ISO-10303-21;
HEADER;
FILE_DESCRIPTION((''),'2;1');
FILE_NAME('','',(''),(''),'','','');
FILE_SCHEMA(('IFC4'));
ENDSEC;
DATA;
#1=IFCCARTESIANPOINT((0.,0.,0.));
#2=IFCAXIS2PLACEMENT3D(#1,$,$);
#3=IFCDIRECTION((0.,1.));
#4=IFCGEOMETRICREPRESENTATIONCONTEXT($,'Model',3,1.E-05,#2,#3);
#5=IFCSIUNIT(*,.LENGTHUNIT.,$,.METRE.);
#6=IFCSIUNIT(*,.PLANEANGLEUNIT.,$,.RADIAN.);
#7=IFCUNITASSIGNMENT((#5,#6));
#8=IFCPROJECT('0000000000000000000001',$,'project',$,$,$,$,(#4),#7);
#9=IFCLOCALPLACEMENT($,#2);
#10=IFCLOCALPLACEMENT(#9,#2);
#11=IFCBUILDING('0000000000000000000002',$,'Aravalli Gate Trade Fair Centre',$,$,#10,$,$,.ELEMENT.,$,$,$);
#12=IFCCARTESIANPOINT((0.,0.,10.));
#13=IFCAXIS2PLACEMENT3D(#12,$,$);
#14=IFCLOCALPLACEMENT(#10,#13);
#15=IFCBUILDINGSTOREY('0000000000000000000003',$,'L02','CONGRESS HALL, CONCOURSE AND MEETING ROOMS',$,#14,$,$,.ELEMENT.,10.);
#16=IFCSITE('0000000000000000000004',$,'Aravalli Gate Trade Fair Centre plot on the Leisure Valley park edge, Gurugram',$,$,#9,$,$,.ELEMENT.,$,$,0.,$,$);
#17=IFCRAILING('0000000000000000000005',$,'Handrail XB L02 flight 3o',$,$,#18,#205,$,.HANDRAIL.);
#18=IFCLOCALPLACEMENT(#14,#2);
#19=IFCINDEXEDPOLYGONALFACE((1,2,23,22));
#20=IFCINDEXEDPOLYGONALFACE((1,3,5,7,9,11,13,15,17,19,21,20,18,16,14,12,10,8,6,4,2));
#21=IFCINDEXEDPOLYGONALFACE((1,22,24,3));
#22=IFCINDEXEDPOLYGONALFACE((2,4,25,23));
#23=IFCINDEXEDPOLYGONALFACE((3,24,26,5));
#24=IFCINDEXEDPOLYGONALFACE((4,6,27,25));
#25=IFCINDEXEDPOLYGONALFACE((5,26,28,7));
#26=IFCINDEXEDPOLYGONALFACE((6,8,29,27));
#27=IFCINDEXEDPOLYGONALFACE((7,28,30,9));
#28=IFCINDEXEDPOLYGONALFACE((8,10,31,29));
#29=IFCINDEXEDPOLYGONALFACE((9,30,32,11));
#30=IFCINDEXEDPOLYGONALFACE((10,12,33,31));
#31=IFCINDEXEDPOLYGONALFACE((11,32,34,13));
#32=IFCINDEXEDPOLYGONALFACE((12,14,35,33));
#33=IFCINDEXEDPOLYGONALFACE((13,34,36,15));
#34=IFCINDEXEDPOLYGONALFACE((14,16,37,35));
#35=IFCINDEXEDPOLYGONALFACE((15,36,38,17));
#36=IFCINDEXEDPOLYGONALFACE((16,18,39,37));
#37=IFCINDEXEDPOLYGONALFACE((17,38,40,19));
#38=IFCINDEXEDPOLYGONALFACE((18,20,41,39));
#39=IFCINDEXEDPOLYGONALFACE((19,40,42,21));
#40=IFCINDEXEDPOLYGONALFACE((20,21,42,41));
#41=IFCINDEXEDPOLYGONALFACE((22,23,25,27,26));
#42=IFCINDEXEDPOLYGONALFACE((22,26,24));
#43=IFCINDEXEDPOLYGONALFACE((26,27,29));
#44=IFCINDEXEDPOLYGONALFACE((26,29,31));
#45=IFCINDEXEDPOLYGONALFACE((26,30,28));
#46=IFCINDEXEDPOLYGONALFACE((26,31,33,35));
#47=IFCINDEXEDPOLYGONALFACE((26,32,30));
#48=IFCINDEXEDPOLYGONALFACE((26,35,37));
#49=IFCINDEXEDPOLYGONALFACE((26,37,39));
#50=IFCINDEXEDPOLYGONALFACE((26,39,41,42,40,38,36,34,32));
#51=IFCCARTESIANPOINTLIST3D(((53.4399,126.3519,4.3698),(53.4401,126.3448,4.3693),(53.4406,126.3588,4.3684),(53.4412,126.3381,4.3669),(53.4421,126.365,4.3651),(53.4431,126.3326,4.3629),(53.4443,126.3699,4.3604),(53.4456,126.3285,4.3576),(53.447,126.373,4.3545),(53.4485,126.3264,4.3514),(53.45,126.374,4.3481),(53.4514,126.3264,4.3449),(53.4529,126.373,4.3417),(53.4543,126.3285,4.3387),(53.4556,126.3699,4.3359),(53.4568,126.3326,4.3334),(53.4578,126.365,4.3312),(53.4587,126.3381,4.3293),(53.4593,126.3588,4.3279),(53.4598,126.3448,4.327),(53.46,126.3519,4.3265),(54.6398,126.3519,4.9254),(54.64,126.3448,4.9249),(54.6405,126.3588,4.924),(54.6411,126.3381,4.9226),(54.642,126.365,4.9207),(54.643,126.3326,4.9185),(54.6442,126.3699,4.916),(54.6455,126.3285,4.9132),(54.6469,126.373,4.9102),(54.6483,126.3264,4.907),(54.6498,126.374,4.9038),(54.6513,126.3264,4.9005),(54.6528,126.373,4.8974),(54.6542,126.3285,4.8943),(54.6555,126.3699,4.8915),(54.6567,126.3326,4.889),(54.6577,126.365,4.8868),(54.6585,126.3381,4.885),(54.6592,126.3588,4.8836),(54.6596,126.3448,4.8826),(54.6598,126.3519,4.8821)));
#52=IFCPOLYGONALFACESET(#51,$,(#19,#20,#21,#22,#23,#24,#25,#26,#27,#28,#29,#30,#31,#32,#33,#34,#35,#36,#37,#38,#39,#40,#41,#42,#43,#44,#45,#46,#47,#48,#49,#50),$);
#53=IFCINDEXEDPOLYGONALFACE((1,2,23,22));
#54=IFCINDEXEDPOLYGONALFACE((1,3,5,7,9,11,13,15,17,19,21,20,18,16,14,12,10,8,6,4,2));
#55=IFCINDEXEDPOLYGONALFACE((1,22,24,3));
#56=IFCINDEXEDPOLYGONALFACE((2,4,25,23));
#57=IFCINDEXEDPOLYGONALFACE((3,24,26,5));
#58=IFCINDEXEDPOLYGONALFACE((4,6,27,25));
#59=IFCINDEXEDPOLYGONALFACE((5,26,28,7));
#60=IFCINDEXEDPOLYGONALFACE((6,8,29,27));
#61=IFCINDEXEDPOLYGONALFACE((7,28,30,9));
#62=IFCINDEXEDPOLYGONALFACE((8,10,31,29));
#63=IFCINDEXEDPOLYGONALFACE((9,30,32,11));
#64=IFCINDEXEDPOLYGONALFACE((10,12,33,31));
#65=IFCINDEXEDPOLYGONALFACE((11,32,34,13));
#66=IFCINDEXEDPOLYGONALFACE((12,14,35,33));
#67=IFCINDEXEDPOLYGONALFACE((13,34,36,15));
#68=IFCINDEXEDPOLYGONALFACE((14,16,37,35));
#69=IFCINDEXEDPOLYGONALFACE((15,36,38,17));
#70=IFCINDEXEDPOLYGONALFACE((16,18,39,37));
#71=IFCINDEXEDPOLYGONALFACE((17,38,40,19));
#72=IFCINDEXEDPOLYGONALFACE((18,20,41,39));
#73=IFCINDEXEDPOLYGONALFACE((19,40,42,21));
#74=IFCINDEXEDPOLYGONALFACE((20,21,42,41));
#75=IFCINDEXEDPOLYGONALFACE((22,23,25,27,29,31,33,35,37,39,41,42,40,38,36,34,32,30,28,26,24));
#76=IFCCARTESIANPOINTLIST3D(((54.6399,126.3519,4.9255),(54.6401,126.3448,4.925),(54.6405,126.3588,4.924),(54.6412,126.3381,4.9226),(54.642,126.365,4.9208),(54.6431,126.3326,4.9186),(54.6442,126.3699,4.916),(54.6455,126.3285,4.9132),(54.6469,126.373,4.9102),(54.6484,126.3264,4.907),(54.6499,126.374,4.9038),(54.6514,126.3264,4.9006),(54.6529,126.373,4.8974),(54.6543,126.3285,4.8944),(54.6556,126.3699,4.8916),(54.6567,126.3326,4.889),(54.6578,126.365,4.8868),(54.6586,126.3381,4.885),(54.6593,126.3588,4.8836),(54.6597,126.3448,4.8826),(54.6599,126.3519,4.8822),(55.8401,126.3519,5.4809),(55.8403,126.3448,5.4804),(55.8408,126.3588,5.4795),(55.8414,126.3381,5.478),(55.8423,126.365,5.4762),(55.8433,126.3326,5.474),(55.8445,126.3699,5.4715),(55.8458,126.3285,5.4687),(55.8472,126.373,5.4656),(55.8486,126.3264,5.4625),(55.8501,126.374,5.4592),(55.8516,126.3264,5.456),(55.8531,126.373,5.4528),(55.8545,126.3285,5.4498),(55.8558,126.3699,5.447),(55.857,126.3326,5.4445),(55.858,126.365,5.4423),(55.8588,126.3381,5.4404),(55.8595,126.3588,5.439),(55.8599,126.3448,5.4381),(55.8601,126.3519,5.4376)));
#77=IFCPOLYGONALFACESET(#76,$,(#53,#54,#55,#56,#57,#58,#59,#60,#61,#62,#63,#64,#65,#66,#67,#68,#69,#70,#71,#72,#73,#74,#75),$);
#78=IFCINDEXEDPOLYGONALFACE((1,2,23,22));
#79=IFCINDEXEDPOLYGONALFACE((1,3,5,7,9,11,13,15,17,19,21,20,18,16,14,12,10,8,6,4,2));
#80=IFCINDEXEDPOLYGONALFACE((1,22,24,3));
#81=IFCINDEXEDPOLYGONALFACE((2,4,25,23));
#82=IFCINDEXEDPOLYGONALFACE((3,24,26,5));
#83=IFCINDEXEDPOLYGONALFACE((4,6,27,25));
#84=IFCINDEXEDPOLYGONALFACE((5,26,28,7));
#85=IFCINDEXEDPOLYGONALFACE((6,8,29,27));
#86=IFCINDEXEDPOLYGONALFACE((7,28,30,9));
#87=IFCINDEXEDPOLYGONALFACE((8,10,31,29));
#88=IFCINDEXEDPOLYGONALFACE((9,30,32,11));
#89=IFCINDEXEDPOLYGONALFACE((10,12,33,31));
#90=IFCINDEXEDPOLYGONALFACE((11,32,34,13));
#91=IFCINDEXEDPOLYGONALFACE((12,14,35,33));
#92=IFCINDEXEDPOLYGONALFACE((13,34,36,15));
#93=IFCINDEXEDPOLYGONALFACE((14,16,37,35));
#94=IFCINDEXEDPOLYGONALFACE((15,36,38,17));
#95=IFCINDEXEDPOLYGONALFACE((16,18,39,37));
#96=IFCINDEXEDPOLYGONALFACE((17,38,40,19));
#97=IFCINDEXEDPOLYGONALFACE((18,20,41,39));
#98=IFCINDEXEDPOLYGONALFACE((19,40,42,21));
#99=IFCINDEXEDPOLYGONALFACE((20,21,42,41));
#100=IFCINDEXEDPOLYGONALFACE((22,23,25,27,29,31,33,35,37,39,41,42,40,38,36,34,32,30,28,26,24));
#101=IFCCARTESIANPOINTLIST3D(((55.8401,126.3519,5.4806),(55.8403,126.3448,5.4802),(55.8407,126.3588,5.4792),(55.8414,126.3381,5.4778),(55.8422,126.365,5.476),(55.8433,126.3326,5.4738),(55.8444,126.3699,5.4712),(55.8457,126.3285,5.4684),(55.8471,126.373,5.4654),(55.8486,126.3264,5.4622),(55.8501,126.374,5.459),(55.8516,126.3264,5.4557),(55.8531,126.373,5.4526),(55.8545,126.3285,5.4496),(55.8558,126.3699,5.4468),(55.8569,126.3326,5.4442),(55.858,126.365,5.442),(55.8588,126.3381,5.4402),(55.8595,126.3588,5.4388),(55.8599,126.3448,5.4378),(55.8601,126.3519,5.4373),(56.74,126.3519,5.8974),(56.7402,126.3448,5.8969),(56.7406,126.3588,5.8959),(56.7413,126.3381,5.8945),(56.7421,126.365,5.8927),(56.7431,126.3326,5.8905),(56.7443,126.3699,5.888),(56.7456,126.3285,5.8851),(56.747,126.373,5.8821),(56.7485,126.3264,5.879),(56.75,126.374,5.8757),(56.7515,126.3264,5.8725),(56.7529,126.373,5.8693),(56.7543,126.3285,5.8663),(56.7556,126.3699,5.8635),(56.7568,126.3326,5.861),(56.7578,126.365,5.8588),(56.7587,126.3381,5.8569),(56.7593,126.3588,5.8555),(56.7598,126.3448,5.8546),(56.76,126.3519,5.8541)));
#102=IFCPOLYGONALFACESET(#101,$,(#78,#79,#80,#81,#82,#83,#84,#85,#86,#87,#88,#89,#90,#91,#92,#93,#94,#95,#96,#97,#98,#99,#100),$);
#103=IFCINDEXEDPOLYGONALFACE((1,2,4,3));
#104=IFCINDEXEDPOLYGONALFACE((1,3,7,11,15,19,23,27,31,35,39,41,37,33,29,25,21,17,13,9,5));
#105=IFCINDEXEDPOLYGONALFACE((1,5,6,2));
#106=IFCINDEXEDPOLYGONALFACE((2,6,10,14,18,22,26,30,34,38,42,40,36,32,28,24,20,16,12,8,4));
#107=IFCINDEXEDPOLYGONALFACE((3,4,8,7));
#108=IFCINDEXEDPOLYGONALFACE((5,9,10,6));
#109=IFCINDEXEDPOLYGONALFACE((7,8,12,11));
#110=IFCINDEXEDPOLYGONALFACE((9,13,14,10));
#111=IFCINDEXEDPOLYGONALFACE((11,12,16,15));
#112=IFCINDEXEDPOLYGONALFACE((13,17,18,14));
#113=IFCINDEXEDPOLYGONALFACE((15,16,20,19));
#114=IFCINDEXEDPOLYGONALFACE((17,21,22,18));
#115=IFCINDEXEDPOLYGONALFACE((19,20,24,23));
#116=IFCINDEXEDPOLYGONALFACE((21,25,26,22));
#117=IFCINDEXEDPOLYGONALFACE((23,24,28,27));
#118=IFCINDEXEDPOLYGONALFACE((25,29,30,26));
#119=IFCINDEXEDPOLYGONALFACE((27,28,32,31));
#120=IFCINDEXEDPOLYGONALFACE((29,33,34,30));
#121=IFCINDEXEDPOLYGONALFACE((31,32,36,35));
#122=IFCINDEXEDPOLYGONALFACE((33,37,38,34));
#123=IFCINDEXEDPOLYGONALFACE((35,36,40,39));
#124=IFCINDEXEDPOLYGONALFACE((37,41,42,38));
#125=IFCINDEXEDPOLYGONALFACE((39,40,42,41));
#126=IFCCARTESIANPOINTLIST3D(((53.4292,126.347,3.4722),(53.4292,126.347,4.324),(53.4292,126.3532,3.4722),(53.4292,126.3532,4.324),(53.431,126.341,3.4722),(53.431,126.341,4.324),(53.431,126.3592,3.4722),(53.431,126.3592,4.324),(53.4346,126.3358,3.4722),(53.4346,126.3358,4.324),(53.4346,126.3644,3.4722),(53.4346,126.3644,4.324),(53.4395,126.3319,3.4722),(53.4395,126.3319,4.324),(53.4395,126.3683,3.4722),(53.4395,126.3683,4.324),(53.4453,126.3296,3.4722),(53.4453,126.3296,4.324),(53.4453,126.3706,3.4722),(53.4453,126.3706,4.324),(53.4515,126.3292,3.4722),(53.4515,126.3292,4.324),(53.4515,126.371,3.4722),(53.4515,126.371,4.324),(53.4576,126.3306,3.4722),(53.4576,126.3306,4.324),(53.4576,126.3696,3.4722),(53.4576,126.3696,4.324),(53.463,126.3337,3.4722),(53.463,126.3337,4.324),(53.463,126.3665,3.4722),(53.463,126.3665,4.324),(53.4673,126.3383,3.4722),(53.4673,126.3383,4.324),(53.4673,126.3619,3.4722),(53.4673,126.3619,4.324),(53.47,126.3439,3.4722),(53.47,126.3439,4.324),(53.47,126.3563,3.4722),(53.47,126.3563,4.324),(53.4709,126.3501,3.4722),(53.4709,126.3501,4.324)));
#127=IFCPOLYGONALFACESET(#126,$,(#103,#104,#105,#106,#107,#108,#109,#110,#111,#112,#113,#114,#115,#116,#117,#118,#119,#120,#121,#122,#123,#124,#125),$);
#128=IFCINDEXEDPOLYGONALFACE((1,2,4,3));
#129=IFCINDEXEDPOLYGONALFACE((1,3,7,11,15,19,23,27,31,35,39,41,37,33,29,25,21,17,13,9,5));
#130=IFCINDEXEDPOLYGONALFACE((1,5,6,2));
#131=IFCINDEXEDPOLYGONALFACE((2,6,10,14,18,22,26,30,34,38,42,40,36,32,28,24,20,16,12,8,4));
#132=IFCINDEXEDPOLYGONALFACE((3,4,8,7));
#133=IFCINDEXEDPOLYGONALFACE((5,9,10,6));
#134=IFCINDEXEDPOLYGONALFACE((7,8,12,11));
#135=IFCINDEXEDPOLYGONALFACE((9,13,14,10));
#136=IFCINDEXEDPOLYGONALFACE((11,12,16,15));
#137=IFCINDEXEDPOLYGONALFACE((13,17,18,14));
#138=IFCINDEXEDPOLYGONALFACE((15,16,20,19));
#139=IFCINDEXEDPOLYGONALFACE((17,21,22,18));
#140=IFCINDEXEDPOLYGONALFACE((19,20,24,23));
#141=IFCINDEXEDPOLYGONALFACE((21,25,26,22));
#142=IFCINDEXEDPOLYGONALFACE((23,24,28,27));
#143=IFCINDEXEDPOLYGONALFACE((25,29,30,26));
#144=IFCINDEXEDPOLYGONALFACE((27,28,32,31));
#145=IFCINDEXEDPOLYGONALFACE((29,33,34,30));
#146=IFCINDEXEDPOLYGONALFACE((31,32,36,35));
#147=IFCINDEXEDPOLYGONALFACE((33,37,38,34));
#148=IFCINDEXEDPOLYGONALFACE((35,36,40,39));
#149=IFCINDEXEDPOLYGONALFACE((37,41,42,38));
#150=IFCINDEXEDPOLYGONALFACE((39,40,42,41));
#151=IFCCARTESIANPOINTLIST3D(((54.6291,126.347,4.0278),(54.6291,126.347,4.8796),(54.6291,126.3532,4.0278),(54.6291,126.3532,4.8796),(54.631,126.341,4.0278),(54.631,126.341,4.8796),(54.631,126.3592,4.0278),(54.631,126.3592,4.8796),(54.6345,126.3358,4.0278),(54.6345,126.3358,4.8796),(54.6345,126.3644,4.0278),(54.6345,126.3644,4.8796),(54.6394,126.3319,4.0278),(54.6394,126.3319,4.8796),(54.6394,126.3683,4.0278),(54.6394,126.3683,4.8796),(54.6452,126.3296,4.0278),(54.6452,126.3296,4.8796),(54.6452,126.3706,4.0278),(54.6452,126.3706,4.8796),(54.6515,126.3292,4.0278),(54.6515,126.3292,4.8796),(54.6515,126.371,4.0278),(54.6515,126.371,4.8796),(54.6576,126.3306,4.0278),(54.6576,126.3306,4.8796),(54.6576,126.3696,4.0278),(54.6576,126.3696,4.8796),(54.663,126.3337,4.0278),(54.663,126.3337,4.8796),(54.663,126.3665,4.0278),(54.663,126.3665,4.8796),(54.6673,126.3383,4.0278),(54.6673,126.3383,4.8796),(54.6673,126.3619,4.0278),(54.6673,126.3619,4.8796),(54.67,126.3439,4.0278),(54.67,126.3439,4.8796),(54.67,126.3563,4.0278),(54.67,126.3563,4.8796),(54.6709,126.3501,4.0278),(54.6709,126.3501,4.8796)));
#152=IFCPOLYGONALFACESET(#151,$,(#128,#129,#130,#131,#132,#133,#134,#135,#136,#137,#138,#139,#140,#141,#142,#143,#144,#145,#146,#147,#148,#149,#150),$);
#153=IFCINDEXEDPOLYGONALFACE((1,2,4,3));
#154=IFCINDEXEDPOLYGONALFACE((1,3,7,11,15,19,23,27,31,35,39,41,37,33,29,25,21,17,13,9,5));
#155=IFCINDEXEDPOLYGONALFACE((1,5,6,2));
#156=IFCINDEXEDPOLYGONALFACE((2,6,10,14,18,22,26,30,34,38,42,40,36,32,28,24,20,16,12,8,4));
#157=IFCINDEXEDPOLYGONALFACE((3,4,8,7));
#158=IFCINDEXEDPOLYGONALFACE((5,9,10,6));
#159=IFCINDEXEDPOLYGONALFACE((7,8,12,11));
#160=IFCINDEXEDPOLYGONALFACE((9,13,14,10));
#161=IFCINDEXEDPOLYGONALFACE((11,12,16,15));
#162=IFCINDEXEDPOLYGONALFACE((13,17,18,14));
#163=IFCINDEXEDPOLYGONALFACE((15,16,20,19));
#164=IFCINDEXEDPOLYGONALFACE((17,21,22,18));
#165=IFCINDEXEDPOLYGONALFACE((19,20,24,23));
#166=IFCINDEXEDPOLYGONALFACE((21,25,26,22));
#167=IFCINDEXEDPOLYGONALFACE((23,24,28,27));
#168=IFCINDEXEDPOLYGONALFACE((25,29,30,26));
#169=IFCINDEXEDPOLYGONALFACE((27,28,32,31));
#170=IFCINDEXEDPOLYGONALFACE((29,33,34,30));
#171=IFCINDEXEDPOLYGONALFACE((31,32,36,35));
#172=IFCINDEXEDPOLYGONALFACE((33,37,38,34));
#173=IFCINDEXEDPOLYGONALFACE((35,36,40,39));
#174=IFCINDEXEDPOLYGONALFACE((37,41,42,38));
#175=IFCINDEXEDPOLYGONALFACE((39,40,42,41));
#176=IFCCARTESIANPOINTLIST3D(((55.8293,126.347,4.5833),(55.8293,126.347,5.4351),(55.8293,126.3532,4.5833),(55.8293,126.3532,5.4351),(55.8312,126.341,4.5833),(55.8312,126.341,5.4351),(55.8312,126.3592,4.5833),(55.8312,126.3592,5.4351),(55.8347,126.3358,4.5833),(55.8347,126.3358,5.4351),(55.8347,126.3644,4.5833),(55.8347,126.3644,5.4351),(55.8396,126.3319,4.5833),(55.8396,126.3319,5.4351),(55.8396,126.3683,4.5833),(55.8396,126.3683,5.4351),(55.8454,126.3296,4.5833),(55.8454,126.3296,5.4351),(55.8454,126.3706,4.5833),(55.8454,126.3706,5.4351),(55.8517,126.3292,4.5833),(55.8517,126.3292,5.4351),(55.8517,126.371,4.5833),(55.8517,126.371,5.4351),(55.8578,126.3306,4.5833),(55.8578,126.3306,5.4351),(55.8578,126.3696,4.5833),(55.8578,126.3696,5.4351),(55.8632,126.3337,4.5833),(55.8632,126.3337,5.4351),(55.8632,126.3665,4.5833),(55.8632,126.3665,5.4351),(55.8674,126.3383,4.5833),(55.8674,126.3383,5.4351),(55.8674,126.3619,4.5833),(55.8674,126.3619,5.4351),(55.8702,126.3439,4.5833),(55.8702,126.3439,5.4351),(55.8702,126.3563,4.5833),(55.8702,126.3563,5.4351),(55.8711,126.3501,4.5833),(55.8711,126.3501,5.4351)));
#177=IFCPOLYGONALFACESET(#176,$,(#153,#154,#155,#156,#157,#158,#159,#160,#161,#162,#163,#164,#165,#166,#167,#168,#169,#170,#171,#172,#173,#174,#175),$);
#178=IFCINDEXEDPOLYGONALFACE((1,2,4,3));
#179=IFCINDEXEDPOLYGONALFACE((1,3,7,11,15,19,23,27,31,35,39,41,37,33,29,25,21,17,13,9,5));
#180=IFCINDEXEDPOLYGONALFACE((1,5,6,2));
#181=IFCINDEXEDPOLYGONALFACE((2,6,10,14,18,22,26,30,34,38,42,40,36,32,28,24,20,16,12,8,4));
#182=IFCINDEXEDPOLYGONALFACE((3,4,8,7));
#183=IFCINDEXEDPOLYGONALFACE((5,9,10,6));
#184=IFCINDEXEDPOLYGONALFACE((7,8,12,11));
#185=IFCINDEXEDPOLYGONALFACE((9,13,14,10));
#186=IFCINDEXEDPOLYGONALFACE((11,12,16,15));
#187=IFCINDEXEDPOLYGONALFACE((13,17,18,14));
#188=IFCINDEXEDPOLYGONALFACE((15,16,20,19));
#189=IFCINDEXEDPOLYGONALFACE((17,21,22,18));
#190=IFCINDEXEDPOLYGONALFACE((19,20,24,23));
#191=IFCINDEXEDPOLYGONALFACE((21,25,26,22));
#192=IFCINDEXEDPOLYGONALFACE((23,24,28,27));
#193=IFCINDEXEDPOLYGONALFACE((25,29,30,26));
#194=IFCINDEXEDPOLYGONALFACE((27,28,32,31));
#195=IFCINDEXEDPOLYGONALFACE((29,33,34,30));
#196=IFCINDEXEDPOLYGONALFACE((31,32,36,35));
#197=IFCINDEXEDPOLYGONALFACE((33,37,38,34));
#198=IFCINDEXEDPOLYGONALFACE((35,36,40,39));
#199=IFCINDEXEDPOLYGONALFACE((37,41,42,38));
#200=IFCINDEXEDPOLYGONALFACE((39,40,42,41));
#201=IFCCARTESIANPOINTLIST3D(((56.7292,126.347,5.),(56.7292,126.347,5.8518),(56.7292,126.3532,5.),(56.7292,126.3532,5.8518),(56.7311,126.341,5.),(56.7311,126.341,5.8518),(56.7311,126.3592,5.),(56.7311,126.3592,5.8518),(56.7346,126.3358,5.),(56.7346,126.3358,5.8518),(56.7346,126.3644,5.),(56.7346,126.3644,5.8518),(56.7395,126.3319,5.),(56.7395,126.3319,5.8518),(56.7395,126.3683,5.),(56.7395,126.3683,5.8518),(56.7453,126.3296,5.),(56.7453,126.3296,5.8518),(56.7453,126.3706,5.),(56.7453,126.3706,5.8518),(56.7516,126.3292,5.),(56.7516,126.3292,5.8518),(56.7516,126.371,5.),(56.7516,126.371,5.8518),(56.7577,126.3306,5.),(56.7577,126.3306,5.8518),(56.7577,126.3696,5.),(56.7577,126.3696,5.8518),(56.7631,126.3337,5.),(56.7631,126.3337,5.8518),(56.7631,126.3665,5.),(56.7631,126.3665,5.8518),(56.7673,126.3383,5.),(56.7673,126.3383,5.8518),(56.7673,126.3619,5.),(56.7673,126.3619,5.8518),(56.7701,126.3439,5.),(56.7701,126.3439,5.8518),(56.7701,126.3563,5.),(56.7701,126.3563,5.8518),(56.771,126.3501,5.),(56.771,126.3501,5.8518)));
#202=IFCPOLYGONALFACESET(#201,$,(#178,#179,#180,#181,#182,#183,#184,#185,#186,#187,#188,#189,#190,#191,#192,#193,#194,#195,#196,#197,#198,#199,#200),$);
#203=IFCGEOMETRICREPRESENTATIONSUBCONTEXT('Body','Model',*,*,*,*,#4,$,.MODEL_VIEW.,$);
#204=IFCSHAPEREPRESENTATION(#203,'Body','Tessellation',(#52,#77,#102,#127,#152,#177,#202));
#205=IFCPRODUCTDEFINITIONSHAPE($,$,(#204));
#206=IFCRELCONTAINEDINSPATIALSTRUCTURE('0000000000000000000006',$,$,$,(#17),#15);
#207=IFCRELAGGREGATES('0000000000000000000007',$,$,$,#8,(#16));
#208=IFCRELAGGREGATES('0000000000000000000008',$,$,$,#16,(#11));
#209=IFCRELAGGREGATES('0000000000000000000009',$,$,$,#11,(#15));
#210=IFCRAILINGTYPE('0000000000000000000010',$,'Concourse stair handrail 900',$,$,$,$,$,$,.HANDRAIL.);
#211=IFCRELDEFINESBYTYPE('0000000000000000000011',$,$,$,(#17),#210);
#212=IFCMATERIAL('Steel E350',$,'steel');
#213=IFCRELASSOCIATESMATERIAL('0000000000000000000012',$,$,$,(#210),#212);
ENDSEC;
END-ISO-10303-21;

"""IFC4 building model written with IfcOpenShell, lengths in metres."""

from ifc_helpers import new_model, si_unit, direction, frame, origin, origin_2d, place, context, subcontext, project, spatial, circle, extrude, material, type_object, element, save


model = new_model("IFC4")

# Units and contexts
model_context = context("Model", 3, precision=1e-05, world=origin(), true_north=direction((0.0, 1.0)))
body_context = subcontext(model_context, "Body", "Model", "MODEL_VIEW")
ifc_project = project(units=[si_unit("LENGTHUNIT", "METRE"), si_unit("PLANEANGLEUNIT", "RADIAN")], contexts=[model_context])

# Site, building, storey
site_placement = place(None, origin())
site = spatial("IfcSite", under=ifc_project, at=site_placement, Name="Aravalli Gate Trade Fair Centre plot on the Leisure Valley park edge, Gurugram", CompositionType="ELEMENT", RefElevation=0.0)
building_placement = place(site_placement, origin())
building = spatial("IfcBuilding", under=site, at=building_placement, Name="Aravalli Gate Trade Fair Centre", CompositionType="ELEMENT")
storey_placement = place(building_placement, frame((0.0, 0.0, 10.0)))
storey = spatial("IfcBuildingStorey", under=building, at=storey_placement, Name="L02", Description="CONGRESS HALL, CONCOURSE AND MEETING ROOMS", CompositionType="ELEMENT", Elevation=10.0)

# Shared definitions
ifc_material_1 = material(Name="Steel E350", Category="steel")

# Railing
railing_type = type_object("IfcRailingType", Name="Concourse stair handrail 900", PredefinedType="HANDRAIL", material=ifc_material_1)
railing_1_placement = place(storey_placement, frame((53.45, 126.3501, 3.4722)))
element("IfcRailing", 1, at=railing_1_placement, inside=storey, type_object=railing_type, Name="Handrail XB L02 flight 3o", PredefinedType="HANDRAIL", context=body_context, shape_type="SweptSolid", body=[
    extrude(circle(Radius=0.0239, at=origin_2d()), frame((0.0, 0.0, 0.876), z_axis=(0.907429, 0.0, 0.420205), x_axis=(0.0, 1.0, 0.0)), (0.0, 0.0, 1.0), 1.3223),
    extrude(circle(Radius=0.0239, at=origin_2d()), frame((1.2, 0.0, 1.4316), z_axis=(0.907532, 0.0, 0.419983), x_axis=(0.0, 1.0, 0.0)), (0.0, 0.0, 1.0), 1.3225),
    extrude(circle(Radius=0.0239, at=origin_2d()), frame((2.4001, 0.0, 1.9868), z_axis=(0.907418, 0.0, 0.420229), x_axis=(0.0, 1.0, 0.0)), (0.0, 0.0, 1.0), 0.9917),
    extrude(circle(Radius=0.021, at=origin_2d()), origin(), (0.0, 0.0, 1.0), 0.8518),
    extrude(circle(Radius=0.021, at=origin_2d()), frame((1.2, 0.0, 0.5557)), (0.0, 0.0, 1.0), 0.8518),
    extrude(circle(Radius=0.021, at=origin_2d()), frame((2.4001, 0.0, 1.1111)), (0.0, 0.0, 1.0), 0.8518),
    extrude(circle(Radius=0.021, at=origin_2d()), frame((3.3, 0.0, 1.5278)), (0.0, 0.0, 1.0), 0.8518),
])

save(model, "model.ifc")
